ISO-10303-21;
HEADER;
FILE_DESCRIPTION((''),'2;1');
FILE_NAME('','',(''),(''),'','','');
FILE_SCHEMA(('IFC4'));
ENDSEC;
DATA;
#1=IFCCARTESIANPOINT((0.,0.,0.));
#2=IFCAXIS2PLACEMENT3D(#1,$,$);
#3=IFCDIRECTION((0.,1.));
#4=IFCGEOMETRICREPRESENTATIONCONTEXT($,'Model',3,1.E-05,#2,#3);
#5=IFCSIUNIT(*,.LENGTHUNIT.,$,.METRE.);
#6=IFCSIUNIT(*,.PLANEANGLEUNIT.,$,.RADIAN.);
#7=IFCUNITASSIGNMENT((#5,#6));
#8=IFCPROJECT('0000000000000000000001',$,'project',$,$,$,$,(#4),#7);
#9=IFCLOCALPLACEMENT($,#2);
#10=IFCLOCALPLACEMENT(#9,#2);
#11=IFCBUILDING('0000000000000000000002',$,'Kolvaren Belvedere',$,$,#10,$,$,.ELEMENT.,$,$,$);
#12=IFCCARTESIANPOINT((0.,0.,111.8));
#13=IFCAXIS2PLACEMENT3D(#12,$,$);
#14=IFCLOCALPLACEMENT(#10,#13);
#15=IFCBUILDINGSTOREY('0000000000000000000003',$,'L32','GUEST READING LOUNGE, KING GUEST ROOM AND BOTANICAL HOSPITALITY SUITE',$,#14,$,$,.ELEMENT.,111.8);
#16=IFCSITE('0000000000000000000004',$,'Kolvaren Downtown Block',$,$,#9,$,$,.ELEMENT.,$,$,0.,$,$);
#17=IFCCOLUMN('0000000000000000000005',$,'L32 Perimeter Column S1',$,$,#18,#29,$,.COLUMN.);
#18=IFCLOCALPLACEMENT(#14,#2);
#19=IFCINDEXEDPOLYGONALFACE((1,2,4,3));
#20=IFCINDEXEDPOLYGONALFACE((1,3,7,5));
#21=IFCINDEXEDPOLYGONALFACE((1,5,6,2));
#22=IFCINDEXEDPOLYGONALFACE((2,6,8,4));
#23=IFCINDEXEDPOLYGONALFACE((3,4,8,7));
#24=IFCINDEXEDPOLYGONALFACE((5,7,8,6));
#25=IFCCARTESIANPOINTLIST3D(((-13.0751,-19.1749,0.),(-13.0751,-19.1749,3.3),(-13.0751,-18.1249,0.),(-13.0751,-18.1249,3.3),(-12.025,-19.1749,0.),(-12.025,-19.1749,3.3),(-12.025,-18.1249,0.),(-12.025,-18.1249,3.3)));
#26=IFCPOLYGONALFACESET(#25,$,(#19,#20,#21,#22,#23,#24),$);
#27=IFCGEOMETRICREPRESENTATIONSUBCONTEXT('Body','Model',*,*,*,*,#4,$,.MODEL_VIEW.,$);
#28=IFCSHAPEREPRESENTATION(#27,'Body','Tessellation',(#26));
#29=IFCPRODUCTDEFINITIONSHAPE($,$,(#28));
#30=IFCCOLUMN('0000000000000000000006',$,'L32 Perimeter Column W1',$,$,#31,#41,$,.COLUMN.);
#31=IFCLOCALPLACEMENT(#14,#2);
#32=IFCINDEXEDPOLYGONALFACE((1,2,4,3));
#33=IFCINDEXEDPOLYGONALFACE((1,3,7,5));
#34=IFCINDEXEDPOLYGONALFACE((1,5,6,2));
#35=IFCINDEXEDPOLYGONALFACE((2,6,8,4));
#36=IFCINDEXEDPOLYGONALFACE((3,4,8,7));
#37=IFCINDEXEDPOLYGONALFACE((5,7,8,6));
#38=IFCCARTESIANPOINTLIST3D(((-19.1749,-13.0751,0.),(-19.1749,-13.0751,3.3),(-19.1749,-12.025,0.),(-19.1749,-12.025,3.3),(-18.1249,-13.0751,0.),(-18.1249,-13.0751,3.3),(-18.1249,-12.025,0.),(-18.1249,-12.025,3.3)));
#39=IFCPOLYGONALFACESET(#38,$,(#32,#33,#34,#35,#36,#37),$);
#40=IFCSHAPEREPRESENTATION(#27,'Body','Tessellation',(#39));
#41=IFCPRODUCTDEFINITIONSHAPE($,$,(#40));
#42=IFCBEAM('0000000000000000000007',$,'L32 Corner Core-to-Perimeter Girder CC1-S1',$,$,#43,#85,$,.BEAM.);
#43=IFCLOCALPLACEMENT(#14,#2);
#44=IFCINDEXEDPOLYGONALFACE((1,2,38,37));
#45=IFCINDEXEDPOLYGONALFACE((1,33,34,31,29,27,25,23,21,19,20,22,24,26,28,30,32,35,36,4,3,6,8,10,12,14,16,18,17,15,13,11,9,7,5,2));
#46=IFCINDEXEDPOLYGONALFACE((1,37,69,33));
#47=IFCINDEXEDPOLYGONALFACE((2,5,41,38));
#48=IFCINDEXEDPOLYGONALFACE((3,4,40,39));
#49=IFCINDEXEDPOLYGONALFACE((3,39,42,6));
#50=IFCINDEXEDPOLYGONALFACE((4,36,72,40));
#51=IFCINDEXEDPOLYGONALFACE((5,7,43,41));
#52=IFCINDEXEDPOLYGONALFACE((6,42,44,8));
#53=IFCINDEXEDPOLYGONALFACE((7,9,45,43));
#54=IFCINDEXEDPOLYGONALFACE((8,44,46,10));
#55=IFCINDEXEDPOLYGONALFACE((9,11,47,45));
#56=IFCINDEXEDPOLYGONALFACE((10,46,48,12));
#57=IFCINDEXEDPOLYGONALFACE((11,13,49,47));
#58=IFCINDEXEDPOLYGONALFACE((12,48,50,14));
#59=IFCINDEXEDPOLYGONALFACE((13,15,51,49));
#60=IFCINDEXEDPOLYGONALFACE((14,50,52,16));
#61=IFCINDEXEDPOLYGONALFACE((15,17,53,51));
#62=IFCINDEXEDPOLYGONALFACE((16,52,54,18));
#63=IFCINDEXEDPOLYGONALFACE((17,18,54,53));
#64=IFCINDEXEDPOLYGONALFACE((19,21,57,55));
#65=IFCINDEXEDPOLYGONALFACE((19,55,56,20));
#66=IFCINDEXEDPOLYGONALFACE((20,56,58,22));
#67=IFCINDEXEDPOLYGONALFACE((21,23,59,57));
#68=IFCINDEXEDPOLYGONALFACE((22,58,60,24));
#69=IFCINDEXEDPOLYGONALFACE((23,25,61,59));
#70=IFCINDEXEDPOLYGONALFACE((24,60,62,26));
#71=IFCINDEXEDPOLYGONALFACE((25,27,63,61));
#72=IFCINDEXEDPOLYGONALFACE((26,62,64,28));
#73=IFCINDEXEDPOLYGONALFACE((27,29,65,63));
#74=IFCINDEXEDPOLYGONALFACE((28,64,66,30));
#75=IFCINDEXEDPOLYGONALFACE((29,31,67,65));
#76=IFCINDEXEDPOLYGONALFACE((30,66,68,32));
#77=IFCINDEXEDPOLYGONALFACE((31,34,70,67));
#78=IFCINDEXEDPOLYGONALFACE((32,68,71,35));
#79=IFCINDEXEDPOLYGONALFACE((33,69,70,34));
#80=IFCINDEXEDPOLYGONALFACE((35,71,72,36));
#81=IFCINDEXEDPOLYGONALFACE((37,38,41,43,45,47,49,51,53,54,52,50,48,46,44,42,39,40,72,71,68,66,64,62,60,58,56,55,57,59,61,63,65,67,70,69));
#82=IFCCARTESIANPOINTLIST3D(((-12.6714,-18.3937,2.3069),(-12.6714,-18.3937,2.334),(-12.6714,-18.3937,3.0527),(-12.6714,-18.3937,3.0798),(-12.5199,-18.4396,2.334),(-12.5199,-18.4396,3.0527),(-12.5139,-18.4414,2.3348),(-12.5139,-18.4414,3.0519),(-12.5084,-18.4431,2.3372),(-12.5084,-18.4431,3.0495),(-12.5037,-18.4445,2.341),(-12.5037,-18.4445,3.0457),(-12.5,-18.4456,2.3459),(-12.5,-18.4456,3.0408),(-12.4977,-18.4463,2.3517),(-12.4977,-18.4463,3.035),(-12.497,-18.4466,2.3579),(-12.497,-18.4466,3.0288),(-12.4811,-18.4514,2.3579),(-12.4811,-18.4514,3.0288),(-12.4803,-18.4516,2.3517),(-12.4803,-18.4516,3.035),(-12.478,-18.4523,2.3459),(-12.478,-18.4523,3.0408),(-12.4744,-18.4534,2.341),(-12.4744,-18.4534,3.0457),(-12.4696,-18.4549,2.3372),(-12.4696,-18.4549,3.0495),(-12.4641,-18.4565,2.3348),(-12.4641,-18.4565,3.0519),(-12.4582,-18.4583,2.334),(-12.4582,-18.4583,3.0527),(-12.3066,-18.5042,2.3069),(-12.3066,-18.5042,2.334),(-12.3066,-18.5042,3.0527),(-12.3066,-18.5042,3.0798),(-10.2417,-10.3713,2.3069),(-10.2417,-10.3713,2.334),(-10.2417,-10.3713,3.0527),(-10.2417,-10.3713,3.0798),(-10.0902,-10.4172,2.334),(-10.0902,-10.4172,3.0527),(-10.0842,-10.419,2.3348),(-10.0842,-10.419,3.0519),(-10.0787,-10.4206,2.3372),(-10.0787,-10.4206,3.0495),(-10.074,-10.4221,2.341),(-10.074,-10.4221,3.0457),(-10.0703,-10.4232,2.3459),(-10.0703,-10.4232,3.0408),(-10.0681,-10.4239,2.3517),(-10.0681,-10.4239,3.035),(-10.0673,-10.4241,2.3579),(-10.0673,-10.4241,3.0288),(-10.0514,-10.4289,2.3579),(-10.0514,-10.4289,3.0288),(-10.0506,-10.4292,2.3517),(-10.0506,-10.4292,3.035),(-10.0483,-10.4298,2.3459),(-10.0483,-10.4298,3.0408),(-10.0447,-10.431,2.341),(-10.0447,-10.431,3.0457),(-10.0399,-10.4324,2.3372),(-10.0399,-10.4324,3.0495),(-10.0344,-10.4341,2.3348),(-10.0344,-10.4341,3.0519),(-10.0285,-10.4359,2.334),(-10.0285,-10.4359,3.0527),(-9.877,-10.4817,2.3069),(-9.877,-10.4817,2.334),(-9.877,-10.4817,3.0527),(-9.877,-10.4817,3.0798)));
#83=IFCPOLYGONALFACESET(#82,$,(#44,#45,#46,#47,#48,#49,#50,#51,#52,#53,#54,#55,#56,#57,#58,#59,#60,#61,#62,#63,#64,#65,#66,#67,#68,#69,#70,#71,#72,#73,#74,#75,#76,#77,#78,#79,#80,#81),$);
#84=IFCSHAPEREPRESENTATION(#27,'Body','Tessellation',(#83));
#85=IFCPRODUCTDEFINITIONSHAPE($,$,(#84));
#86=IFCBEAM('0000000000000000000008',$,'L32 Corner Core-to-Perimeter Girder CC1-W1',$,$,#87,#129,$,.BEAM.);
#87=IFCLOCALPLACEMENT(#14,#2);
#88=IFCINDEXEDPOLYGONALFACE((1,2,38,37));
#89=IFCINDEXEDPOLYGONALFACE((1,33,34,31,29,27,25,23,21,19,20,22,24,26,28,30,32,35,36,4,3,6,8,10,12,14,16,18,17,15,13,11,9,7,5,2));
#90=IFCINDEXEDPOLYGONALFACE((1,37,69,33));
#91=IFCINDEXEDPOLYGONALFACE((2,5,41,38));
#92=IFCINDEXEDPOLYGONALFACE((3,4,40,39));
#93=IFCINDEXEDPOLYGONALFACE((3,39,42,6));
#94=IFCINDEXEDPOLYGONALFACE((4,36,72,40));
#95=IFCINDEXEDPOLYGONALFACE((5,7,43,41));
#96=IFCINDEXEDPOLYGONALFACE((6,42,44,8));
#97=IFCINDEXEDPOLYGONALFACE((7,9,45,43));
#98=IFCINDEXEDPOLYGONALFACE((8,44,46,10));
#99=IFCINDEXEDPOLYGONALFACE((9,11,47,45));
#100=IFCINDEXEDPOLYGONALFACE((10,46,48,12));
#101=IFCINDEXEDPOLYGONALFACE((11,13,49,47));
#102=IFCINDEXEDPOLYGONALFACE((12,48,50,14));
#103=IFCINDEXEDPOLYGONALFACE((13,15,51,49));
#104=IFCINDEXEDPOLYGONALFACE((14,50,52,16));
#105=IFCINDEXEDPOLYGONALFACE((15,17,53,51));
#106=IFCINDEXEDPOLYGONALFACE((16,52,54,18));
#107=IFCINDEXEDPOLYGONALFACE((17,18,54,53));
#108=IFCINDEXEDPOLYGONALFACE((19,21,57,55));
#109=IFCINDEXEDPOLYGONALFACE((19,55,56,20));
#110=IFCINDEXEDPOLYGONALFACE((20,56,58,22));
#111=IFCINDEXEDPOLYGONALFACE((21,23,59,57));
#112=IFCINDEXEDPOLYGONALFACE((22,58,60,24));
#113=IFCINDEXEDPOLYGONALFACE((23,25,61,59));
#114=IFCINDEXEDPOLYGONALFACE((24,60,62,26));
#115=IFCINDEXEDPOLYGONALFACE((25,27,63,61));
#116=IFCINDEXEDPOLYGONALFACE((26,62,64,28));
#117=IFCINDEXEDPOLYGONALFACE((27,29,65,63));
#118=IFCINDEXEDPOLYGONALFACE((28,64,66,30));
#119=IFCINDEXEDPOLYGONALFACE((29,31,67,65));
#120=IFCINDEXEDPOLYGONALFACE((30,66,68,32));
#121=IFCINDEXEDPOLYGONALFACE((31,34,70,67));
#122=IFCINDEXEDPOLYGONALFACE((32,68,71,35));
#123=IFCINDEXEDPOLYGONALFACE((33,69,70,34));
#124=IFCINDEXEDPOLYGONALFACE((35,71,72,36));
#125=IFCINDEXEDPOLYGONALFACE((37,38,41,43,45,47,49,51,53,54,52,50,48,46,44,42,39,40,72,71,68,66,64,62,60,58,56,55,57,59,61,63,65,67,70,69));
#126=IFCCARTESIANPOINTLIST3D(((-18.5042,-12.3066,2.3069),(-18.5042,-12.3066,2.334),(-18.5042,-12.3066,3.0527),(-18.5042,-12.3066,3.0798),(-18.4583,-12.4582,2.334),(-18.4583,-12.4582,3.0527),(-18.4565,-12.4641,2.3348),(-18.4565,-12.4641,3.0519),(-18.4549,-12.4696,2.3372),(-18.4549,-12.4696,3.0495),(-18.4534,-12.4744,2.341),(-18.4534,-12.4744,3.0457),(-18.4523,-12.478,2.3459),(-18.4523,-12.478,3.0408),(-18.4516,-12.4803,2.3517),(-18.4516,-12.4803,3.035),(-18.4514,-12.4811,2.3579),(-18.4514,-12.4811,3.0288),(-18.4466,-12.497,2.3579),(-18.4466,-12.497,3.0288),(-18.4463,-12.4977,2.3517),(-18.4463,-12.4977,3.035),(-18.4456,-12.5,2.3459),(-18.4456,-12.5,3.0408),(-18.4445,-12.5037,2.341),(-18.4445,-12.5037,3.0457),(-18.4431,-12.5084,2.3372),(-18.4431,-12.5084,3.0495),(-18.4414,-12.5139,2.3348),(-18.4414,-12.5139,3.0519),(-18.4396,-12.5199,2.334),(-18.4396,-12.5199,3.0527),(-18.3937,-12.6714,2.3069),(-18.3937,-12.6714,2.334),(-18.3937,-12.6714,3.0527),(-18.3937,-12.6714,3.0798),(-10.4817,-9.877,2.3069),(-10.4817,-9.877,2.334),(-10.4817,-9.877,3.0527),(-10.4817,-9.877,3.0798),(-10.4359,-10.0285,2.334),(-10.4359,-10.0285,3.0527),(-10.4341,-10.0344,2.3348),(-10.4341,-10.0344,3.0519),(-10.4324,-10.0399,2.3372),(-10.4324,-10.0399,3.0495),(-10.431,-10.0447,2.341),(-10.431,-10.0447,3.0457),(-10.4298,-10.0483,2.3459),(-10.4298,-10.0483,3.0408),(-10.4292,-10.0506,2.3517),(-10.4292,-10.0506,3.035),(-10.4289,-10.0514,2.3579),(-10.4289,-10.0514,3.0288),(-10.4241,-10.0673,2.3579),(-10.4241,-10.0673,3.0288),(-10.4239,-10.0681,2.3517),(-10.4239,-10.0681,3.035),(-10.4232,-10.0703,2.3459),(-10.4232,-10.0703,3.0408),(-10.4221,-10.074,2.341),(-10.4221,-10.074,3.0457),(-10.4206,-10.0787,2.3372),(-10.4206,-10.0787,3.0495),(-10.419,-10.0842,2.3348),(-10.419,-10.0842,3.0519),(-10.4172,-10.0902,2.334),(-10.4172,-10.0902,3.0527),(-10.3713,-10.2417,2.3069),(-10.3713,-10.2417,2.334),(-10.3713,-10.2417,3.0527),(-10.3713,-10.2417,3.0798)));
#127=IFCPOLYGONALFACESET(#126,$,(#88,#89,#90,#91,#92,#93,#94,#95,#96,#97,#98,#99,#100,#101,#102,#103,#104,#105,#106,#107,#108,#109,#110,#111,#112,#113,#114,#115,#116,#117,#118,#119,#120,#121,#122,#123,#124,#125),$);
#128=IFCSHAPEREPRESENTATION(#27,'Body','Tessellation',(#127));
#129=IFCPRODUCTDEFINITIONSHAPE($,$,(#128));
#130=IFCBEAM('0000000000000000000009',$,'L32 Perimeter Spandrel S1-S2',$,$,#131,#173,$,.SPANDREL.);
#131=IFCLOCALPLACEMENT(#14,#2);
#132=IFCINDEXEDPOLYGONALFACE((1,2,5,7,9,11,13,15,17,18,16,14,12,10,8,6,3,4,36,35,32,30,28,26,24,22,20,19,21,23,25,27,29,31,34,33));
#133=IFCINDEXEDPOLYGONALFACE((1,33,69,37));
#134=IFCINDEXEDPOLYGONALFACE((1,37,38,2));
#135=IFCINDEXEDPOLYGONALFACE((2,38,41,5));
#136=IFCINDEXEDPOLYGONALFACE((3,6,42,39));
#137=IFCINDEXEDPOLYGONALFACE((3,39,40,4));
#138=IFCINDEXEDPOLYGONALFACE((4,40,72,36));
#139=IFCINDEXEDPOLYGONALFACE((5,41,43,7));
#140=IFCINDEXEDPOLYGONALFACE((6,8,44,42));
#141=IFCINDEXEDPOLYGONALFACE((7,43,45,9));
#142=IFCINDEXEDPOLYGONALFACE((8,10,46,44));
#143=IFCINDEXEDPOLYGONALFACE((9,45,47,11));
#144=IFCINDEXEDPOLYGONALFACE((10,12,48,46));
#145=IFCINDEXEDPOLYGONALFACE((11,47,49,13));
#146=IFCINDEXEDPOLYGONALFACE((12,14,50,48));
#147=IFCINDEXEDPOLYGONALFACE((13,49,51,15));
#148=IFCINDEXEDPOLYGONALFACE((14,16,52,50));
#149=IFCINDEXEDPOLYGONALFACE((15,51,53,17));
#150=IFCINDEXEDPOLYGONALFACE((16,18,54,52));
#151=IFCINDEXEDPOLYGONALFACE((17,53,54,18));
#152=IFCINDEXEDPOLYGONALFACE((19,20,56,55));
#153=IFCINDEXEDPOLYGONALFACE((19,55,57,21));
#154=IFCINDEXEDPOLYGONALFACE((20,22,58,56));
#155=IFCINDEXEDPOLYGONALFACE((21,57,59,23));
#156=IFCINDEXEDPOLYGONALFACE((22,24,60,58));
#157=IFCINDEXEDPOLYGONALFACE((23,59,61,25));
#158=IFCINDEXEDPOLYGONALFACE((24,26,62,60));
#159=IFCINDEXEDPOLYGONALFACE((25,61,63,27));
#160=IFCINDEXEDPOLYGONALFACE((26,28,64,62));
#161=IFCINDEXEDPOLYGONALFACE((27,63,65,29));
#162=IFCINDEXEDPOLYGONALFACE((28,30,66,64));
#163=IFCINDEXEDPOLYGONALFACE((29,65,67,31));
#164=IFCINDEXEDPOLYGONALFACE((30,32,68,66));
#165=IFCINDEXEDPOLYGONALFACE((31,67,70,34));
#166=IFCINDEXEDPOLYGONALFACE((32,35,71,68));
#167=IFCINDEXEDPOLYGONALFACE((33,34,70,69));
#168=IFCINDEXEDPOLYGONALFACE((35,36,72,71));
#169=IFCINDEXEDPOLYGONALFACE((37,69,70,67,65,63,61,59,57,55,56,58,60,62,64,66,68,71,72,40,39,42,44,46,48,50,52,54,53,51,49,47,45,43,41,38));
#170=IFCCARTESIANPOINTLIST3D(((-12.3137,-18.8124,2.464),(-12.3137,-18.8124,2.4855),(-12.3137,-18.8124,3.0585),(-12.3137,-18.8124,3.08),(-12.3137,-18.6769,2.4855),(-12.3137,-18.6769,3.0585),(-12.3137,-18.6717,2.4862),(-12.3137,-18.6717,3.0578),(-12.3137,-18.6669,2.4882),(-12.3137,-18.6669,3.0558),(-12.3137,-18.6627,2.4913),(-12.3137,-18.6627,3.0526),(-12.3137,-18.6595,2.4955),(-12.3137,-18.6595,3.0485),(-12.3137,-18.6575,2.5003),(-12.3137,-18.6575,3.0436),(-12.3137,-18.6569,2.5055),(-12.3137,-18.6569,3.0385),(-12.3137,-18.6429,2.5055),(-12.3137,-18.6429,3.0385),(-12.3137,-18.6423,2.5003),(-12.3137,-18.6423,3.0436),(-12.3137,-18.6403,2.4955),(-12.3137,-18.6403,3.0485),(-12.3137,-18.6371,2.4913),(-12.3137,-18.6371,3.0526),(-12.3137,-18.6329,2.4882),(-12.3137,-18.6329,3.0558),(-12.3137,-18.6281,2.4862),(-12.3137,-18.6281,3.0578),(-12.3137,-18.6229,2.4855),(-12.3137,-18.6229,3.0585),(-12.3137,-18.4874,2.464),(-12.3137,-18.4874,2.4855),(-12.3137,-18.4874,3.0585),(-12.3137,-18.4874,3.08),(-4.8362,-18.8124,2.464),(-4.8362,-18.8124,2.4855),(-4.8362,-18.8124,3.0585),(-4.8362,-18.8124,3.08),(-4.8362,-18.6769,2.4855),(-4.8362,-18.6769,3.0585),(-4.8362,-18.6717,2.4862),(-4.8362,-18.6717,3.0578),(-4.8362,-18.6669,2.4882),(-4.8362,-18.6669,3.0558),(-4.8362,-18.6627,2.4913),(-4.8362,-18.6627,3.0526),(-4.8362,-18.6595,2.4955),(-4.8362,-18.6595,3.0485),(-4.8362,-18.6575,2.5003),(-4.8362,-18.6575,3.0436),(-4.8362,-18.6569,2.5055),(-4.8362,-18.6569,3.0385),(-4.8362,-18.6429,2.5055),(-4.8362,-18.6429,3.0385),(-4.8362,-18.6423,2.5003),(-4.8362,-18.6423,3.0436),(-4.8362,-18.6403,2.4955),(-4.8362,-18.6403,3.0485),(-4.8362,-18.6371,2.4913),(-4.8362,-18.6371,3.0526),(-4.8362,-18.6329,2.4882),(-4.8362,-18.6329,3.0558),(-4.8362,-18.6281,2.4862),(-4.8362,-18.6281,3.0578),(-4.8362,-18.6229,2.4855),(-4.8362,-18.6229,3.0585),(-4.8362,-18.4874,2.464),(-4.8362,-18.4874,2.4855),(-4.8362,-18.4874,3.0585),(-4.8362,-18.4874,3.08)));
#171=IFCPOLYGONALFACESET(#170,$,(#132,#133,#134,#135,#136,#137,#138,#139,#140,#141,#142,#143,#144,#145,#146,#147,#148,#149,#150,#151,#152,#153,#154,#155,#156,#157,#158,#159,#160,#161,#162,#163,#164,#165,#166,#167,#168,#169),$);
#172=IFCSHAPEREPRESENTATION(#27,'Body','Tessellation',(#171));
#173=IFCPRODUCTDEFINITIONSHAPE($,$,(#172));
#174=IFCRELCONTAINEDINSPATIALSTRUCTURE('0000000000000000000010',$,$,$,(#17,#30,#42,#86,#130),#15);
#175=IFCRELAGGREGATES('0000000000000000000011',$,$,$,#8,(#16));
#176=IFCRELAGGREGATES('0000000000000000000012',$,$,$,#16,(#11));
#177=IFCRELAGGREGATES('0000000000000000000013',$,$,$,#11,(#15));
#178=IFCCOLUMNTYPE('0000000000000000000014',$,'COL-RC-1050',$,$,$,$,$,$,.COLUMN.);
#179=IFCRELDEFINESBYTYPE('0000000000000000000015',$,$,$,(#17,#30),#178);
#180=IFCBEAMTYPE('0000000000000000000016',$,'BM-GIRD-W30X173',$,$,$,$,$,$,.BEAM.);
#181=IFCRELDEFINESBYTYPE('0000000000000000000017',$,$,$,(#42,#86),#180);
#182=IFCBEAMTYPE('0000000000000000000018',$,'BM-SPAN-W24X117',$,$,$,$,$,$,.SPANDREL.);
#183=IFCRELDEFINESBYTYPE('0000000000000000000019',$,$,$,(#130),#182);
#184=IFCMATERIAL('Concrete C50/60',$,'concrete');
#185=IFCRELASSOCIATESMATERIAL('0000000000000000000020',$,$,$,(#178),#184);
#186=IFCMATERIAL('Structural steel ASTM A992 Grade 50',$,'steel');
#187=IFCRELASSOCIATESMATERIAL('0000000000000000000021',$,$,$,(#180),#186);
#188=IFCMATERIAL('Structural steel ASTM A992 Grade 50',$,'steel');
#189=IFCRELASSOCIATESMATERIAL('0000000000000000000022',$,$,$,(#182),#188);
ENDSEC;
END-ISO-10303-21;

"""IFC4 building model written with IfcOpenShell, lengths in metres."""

from ifc_helpers import new_model, si_unit, direction, frame, origin, origin_2d, place, context, subcontext, project, spatial, rectangle, i_section, extrude, material, material_profile, profile_set, type_object, element, save


model = new_model("IFC4")

# Units and contexts
model_context = context("Model", 3, precision=1e-05, world=origin(), true_north=direction((0.0, 1.0)))
body_context = subcontext(model_context, "Body", "Model", "MODEL_VIEW")
ifc_project = project(units=[si_unit("LENGTHUNIT", "METRE"), si_unit("PLANEANGLEUNIT", "RADIAN")], contexts=[model_context])

# Site, building, storey
site_placement = place(None, origin())
site = spatial("IfcSite", under=ifc_project, at=site_placement, Name="Kolvaren Downtown Block", CompositionType="ELEMENT", RefElevation=0.0)
building_placement = place(site_placement, origin())
building = spatial("IfcBuilding", under=site, at=building_placement, Name="Kolvaren Belvedere", CompositionType="ELEMENT")
storey_placement = place(building_placement, frame((0.0, 0.0, 111.8)))
storey = spatial("IfcBuildingStorey", under=building, at=storey_placement, Name="L32", Description="GUEST READING LOUNGE, KING GUEST ROOM AND BOTANICAL HOSPITALITY SUITE", CompositionType="ELEMENT", Elevation=111.8)

# Columns
ifc_material_1 = material(Name="Concrete C50/60", Category="concrete")
ifc_material_profile_1 = material_profile(ifc_material_1, rectangle(XDim=1.05, YDim=1.05, at=origin_2d()), Name="RC 1050X1050")
ifc_profile_set_1 = profile_set([ifc_material_profile_1], Name="Concrete C50/60")
column_type = type_object("IfcColumnType", Name="COL-RC-1050", PredefinedType="COLUMN", material=ifc_profile_set_1)
for number, where, z_axis, x_axis, name in (
    (1, (-12.55, -18.6499, 0.0), (0.0, 0.0, 1.0), (1.0, 0.0, 0.0), "L32 Perimeter Column S1"),
    (2, (-18.6499, -12.55, 0.0), (0.0, 0.0, 1.0), (1.0, 0.0, 0.0), "L32 Perimeter Column W1"),
):
    element("IfcColumn", number, at=place(storey_placement, frame(where, z_axis=z_axis, x_axis=x_axis)), inside=storey, type_object=column_type, Name=name, PredefinedType="COLUMN", context=body_context, shape_type="SweptSolid", body=[
        extrude(rectangle(XDim=1.05, YDim=1.05, at=origin_2d()), origin(), (0.0, 0.0, 1.0), 3.3),
    ])

# Beams
ifc_material_2 = material(Name="Structural steel ASTM A992 Grade 50", Category="steel")
ifc_material_profile_2 = material_profile(ifc_material_2, i_section(OverallWidth=0.3811, OverallDepth=0.7729, WebThickness=0.0166, FlangeThickness=0.0271, FilletRadius=0.0239, at=origin_2d()), Name="W30X173")
ifc_profile_set_2 = profile_set([ifc_material_profile_2], Name="Structural steel ASTM A992 Grade 50")
beam_type_1 = type_object("IfcBeamType", Name="BM-GIRD-W30X173", PredefinedType="BEAM", material=ifc_profile_set_2)
for number, where, z_axis, x_axis, name in (
    (3, (-10.0593, -10.4265, 2.6934), (-0.289859, -0.957069, 0.0), (0.957069, -0.289859, 0.0), "L32 Corner Core-to-Perimeter Girder CC1-S1"),
    (4, (-10.4265, -10.0593, 2.6934), (-0.957069, -0.289859, 0.0), (0.289859, -0.957069, 0.0), "L32 Corner Core-to-Perimeter Girder CC1-W1"),
):
    element("IfcBeam", number, at=place(storey_placement, frame(where, z_axis=z_axis, x_axis=x_axis)), inside=storey, type_object=beam_type_1, Name=name, PredefinedType="BEAM", context=body_context, shape_type="SweptSolid", body=[
        extrude(i_section(OverallWidth=0.3811, OverallDepth=0.7729, WebThickness=0.0166, FlangeThickness=0.0271, FilletRadius=0.0239, at=origin_2d()), origin(), (0.0, 0.0, 1.0), 8.3823),
    ])
ifc_material_3 = material(Name="Structural steel ASTM A992 Grade 50", Category="steel")
ifc_material_profile_3 = material_profile(ifc_material_3, i_section(OverallWidth=0.325, OverallDepth=0.616, WebThickness=0.0139, FlangeThickness=0.0215, FilletRadius=0.02, at=origin_2d()), Name="W24X117")
ifc_profile_set_3 = profile_set([ifc_material_profile_3], Name="Structural steel ASTM A992 Grade 50")
beam_type_2 = type_object("IfcBeamType", Name="BM-SPAN-W24X117", PredefinedType="SPANDREL", material=ifc_profile_set_3)
beam_1_placement = place(storey_placement, frame((-12.3137, -18.6499, 2.772), z_axis=(1.0, 0.0, 0.0), x_axis=(0.0, 1.0, 0.0)))
element("IfcBeam", 5, at=beam_1_placement, inside=storey, type_object=beam_type_2, Name="L32 Perimeter Spandrel S1-S2", PredefinedType="SPANDREL", context=body_context, shape_type="SweptSolid", body=[
    extrude(i_section(OverallWidth=0.325, OverallDepth=0.616, WebThickness=0.0139, FlangeThickness=0.0215, FilletRadius=0.02, at=origin_2d()), origin(), (0.0, 0.0, 1.0), 7.4775),
])

save(model, "model.ifc")
